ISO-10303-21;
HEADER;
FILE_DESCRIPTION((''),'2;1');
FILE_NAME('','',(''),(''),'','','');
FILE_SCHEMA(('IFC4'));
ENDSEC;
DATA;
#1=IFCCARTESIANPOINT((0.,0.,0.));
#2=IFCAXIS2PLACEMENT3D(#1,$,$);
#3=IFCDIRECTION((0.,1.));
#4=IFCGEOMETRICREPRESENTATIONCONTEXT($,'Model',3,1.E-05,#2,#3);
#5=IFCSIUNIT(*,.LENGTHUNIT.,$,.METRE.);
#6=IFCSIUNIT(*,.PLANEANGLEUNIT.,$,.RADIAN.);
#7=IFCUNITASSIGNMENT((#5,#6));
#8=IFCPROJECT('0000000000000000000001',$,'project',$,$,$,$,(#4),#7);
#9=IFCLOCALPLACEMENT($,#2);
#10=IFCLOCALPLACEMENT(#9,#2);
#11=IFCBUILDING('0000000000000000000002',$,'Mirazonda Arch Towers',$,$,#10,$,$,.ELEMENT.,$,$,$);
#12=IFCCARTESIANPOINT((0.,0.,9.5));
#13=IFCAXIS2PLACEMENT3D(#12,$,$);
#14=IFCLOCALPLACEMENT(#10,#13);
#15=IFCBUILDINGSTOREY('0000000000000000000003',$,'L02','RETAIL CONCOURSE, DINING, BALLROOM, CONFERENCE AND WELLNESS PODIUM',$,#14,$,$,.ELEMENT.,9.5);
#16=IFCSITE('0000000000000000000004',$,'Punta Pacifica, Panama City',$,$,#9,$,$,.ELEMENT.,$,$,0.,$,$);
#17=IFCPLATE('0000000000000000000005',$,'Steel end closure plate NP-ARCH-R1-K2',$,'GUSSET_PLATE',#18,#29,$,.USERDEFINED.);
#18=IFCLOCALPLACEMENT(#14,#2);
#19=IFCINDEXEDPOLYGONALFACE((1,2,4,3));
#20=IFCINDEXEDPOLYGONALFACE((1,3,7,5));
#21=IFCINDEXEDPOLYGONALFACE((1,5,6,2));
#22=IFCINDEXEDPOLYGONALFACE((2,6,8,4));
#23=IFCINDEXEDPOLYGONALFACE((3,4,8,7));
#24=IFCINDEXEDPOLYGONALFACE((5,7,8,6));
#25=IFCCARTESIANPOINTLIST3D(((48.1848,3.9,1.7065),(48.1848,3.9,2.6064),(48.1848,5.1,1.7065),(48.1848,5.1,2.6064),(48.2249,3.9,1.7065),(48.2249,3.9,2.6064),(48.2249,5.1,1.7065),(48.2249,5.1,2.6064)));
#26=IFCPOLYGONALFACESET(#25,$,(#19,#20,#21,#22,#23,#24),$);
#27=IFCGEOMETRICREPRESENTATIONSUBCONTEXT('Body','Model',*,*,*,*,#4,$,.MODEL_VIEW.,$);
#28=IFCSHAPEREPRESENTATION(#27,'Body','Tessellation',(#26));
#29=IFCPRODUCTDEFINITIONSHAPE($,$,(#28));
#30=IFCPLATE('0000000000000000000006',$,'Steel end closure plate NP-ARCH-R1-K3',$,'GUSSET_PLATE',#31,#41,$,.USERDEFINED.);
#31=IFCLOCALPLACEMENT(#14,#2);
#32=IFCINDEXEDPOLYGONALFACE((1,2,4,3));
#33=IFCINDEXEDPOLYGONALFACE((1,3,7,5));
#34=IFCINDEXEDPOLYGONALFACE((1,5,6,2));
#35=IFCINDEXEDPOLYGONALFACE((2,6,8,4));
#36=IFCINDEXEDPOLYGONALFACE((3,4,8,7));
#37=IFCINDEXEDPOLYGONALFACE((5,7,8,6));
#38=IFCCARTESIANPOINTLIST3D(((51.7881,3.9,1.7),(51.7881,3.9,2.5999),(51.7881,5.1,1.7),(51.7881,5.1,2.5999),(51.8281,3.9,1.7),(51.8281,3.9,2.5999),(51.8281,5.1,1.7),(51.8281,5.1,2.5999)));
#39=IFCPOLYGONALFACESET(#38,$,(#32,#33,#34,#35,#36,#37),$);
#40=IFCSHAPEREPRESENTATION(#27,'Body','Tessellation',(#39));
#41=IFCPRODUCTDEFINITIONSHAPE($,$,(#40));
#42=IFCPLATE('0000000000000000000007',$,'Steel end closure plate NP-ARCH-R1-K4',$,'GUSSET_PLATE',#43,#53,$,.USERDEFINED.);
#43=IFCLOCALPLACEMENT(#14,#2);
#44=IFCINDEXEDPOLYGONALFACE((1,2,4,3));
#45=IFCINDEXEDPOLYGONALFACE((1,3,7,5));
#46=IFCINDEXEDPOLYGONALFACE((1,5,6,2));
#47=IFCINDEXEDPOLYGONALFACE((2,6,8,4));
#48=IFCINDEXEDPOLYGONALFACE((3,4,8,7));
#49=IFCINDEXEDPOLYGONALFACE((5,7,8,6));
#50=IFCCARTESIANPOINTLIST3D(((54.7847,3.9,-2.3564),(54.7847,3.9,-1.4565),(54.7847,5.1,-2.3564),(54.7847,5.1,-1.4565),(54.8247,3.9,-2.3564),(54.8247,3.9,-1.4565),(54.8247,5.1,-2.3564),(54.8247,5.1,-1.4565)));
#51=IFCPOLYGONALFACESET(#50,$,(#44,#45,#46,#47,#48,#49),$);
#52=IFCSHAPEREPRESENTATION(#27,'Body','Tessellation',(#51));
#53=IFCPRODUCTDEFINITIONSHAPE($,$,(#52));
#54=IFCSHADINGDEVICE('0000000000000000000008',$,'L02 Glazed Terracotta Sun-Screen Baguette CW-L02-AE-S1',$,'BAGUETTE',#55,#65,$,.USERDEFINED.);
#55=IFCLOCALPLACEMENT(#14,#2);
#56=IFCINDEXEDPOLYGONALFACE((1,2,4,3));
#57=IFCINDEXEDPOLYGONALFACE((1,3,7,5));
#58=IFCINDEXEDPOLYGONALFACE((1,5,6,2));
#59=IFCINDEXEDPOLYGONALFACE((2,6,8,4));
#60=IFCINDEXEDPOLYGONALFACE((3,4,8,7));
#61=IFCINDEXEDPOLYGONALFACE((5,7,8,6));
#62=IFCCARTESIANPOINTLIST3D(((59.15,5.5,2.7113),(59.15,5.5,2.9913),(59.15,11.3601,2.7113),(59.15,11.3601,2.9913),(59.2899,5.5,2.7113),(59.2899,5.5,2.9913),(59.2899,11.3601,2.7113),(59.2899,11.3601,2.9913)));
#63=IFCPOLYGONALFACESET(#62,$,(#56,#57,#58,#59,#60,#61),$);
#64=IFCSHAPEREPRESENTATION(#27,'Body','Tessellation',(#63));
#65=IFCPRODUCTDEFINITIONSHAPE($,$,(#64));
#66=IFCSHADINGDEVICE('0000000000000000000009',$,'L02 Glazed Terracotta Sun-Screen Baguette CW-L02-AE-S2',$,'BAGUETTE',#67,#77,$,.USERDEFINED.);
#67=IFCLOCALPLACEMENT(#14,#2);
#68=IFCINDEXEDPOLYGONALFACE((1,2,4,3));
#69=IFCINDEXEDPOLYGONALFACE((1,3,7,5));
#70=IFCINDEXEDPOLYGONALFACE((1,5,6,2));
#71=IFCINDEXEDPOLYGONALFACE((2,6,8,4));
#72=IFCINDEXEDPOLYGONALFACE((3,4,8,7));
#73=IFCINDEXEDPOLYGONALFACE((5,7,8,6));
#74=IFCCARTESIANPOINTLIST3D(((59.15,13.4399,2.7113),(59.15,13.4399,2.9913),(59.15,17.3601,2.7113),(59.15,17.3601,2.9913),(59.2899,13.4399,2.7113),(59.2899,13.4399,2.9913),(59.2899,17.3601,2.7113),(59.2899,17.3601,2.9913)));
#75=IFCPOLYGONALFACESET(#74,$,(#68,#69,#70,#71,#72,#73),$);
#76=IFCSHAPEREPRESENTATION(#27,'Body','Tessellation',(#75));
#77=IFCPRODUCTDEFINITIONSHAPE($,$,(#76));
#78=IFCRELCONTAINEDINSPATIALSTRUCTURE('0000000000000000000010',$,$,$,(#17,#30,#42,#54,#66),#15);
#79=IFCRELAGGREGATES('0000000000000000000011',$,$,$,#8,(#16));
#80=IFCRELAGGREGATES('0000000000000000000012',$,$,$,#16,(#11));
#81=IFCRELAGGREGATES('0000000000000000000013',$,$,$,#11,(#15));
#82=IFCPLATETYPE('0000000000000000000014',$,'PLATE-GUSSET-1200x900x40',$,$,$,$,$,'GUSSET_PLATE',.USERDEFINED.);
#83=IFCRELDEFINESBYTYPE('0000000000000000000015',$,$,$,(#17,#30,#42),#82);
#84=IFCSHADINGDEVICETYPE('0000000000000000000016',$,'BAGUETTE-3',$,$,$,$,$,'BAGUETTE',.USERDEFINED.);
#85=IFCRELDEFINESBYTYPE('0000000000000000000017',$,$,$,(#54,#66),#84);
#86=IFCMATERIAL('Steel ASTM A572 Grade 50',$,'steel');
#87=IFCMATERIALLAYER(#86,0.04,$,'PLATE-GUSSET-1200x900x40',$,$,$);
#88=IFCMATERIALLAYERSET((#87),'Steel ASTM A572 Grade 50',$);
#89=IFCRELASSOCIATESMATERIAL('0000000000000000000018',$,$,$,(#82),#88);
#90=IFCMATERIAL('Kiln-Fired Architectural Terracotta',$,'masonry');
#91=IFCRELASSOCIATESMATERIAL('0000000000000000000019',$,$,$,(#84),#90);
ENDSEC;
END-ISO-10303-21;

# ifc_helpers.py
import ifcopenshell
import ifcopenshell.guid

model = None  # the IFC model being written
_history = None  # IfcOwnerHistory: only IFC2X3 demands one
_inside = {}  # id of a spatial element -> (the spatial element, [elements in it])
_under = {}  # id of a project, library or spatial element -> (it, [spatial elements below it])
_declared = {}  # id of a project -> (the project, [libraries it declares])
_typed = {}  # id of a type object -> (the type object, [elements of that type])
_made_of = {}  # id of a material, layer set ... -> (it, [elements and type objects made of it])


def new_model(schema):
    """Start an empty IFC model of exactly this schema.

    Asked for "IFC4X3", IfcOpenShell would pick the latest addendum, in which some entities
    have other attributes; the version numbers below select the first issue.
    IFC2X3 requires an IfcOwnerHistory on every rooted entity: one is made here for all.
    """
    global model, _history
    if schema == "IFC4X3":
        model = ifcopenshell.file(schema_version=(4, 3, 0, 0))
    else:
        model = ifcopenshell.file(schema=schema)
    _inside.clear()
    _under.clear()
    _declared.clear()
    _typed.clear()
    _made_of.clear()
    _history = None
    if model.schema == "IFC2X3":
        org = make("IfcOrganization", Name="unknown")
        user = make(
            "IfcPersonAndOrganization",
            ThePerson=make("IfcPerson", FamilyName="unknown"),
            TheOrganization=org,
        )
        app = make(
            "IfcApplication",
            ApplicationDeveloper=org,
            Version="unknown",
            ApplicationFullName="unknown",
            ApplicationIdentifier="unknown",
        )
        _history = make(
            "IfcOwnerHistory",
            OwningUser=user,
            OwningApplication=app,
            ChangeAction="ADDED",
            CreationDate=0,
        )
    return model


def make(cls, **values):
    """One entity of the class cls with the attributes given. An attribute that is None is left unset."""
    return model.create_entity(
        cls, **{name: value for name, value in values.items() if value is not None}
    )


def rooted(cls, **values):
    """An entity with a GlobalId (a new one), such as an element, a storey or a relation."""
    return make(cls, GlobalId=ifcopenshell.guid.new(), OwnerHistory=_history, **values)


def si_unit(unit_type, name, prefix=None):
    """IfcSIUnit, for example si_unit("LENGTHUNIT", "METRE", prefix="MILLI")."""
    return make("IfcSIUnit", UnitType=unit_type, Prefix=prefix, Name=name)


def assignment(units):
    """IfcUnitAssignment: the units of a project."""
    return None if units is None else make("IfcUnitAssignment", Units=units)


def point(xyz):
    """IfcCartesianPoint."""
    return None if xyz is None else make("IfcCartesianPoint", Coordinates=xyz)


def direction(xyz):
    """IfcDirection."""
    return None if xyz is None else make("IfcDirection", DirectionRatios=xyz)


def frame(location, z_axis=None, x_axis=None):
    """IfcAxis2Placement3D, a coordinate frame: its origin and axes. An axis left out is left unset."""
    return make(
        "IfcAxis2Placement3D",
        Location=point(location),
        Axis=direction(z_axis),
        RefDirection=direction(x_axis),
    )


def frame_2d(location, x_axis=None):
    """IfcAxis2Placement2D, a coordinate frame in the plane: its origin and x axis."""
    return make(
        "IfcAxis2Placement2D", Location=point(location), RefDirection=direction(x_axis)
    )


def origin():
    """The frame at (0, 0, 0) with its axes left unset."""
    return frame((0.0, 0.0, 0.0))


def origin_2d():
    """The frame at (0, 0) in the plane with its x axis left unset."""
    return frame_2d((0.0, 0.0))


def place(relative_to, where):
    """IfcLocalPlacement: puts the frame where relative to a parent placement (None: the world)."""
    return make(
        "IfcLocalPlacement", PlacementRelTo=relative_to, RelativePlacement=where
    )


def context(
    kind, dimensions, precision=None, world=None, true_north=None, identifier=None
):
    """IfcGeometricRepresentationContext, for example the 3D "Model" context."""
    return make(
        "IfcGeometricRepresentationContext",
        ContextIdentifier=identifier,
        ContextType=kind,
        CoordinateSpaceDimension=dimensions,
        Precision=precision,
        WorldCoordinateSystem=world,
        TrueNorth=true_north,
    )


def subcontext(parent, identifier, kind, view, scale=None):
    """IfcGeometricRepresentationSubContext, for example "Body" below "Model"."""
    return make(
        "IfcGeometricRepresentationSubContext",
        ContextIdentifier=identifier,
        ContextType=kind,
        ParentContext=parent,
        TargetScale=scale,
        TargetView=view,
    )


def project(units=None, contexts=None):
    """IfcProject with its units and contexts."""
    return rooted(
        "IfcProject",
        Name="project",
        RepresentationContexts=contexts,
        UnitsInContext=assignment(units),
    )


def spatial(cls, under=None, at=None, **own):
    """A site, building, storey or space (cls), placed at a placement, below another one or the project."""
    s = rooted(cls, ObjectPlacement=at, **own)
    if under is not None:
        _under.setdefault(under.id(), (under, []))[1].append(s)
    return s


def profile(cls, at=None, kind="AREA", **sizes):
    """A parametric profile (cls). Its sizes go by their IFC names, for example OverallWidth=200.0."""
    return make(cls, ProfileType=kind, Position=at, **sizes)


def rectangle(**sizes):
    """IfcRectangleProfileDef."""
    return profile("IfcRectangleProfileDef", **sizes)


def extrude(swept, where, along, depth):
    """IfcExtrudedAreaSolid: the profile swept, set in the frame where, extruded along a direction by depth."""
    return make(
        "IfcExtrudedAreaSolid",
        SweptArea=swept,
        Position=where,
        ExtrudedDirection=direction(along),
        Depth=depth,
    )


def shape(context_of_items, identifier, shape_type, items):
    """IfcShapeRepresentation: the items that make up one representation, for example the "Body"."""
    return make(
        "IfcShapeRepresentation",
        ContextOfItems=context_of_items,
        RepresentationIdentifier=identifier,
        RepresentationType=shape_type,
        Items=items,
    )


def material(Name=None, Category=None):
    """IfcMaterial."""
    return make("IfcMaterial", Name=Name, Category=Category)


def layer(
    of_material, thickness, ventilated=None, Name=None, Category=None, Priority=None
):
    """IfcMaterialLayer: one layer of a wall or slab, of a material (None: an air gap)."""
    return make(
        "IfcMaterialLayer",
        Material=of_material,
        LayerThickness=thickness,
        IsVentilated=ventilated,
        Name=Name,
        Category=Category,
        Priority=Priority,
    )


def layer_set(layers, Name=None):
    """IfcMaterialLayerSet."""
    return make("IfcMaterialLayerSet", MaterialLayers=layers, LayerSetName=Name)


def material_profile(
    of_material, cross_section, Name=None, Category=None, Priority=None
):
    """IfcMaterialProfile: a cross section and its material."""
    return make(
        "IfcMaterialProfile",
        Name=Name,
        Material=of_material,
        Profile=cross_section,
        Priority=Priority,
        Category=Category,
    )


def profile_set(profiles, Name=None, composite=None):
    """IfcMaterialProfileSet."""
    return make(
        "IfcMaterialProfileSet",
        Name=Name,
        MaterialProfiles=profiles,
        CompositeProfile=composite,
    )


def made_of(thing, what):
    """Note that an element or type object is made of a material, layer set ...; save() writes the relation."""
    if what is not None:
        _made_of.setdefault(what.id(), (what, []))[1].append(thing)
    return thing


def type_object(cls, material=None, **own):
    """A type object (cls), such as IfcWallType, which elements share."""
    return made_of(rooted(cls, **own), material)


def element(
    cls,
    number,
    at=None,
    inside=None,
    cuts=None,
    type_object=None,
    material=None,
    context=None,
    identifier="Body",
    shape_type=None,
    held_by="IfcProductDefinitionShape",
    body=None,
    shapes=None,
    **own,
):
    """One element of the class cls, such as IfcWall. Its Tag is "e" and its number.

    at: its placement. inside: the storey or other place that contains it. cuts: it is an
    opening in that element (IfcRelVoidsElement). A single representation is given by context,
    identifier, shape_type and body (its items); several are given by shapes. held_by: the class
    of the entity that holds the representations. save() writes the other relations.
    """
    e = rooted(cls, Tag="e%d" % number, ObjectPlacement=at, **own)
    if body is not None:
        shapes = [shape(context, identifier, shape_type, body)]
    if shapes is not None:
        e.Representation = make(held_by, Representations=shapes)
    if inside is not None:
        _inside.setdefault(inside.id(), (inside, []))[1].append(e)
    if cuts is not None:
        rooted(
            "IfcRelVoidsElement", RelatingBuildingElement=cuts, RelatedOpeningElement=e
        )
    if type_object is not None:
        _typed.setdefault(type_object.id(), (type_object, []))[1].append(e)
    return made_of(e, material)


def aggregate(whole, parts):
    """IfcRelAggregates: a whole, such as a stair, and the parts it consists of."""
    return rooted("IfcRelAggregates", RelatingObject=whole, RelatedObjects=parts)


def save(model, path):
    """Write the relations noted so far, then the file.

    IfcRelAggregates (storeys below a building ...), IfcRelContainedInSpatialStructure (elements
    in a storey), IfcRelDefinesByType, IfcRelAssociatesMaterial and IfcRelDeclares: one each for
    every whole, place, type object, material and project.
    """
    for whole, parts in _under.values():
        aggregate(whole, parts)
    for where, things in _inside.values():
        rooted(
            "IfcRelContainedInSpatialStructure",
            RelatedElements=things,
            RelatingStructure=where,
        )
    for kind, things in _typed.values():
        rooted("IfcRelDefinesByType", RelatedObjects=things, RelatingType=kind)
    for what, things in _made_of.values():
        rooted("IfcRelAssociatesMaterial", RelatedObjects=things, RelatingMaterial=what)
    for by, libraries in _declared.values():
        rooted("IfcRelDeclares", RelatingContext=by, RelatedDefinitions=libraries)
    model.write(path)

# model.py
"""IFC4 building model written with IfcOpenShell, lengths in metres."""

from ifc_helpers import new_model, si_unit, direction, frame, origin, origin_2d, place, context, subcontext, project, spatial, rectangle, extrude, material, layer, layer_set, material_profile, profile_set, type_object, element, save


model = new_model("IFC4")

# Units and contexts
model_context = context("Model", 3, precision=1e-05, world=origin(), true_north=direction((0.0, 1.0)))
body_context = subcontext(model_context, "Body", "Model", "MODEL_VIEW")
ifc_project = project(units=[si_unit("LENGTHUNIT", "METRE"), si_unit("PLANEANGLEUNIT", "RADIAN")], contexts=[model_context])

# Site, building, storey
site_placement = place(None, origin())
site = spatial("IfcSite", under=ifc_project, at=site_placement, Name="Punta Pacifica, Panama City", CompositionType="ELEMENT", RefElevation=0.0)
building_placement = place(site_placement, origin())
building = spatial("IfcBuilding", under=site, at=building_placement, Name="Mirazonda Arch Towers", CompositionType="ELEMENT")
storey_placement = place(building_placement, frame((0.0, 0.0, 9.5)))
storey = spatial("IfcBuildingStorey", under=building, at=storey_placement, Name="L02", Description="RETAIL CONCOURSE, DINING, BALLROOM, CONFERENCE AND WELLNESS PODIUM", CompositionType="ELEMENT", Elevation=9.5)

# Shared definitions
ifc_material_1 = material(Name="Steel ASTM A572 Grade 50", Category="steel")

# Plates
ifc_layer_1 = layer(ifc_material_1, 0.04, Name="PLATE-GUSSET-1200x900x40")
ifc_layer_set_1 = layer_set([ifc_layer_1], Name="Steel ASTM A572 Grade 50")
plate_type_1 = type_object("IfcPlateType", Name="PLATE-GUSSET-1200x900x40", ElementType="GUSSET_PLATE", PredefinedType="USERDEFINED", material=ifc_layer_set_1)
for number, where, z_axis, x_axis, name in (
    (1, (48.2048, 4.5, 1.7065), (0.0, 0.0, 1.0), (1.0, 0.0, 0.0), "Steel end closure plate NP-ARCH-R1-K2"),
    (2, (51.8081, 4.5, 1.7), (0.0, 0.0, 1.0), (1.0, 0.0, 0.0), "Steel end closure plate NP-ARCH-R1-K3"),
    (3, (54.8047, 4.5, -2.3564), (0.0, 0.0, 1.0), (1.0, 0.0, 0.0), "Steel end closure plate NP-ARCH-R1-K4"),
):
    element("IfcPlate", number, at=place(storey_placement, frame(where, z_axis=z_axis, x_axis=x_axis)), inside=storey, type_object=plate_type_1, Name=name, ObjectType="GUSSET_PLATE", PredefinedType="USERDEFINED", context=body_context, shape_type="SweptSolid", body=[
        extrude(rectangle(XDim=0.04, YDim=1.2, at=origin_2d()), origin(), (0.0, 0.0, 1.0), 0.8999),
    ])

# Shading devices
ifc_material_2 = material(Name="Kiln-Fired Architectural Terracotta", Category="masonry")
ifc_material_profile_1 = material_profile(ifc_material_2, rectangle(XDim=0.1399, YDim=0.28, at=origin_2d()), Name="TERRA-BAG-140x280")
ifc_profile_set_1 = profile_set([ifc_material_profile_1], Name="Kiln-Fired Architectural Terracotta")
shading_device_type = type_object("IfcShadingDeviceType", Name="BAGUETTE-3", ElementType="BAGUETTE", PredefinedType="USERDEFINED", material=ifc_profile_set_1)
shading_device_1_placement = place(storey_placement, frame((59.22, 5.5, 2.8513), z_axis=(0.0, 1.0, 0.0), x_axis=(-1.0, 0.0, 0.0)))
element("IfcShadingDevice", 4, at=shading_device_1_placement, inside=storey, type_object=shading_device_type, Name="L02 Glazed Terracotta Sun-Screen Baguette CW-L02-AE-S1", ObjectType="BAGUETTE", PredefinedType="USERDEFINED", context=body_context, shape_type="SweptSolid", body=[
    extrude(rectangle(XDim=0.1399, YDim=0.28, at=origin_2d()), origin(), (0.0, 0.0, 1.0), 5.8601),
])
shading_device_2_placement = place(storey_placement, frame((59.22, 13.4399, 2.8513), z_axis=(0.0, 1.0, 0.0), x_axis=(-1.0, 0.0, 0.0)))
element("IfcShadingDevice", 5, at=shading_device_2_placement, inside=storey, type_object=shading_device_type, Name="L02 Glazed Terracotta Sun-Screen Baguette CW-L02-AE-S2", ObjectType="BAGUETTE", PredefinedType="USERDEFINED", context=body_context, shape_type="SweptSolid", body=[
    extrude(rectangle(XDim=0.1399, YDim=0.28, at=origin_2d()), origin(), (0.0, 0.0, 1.0), 3.9202),
])

save(model, "model.ifc")
